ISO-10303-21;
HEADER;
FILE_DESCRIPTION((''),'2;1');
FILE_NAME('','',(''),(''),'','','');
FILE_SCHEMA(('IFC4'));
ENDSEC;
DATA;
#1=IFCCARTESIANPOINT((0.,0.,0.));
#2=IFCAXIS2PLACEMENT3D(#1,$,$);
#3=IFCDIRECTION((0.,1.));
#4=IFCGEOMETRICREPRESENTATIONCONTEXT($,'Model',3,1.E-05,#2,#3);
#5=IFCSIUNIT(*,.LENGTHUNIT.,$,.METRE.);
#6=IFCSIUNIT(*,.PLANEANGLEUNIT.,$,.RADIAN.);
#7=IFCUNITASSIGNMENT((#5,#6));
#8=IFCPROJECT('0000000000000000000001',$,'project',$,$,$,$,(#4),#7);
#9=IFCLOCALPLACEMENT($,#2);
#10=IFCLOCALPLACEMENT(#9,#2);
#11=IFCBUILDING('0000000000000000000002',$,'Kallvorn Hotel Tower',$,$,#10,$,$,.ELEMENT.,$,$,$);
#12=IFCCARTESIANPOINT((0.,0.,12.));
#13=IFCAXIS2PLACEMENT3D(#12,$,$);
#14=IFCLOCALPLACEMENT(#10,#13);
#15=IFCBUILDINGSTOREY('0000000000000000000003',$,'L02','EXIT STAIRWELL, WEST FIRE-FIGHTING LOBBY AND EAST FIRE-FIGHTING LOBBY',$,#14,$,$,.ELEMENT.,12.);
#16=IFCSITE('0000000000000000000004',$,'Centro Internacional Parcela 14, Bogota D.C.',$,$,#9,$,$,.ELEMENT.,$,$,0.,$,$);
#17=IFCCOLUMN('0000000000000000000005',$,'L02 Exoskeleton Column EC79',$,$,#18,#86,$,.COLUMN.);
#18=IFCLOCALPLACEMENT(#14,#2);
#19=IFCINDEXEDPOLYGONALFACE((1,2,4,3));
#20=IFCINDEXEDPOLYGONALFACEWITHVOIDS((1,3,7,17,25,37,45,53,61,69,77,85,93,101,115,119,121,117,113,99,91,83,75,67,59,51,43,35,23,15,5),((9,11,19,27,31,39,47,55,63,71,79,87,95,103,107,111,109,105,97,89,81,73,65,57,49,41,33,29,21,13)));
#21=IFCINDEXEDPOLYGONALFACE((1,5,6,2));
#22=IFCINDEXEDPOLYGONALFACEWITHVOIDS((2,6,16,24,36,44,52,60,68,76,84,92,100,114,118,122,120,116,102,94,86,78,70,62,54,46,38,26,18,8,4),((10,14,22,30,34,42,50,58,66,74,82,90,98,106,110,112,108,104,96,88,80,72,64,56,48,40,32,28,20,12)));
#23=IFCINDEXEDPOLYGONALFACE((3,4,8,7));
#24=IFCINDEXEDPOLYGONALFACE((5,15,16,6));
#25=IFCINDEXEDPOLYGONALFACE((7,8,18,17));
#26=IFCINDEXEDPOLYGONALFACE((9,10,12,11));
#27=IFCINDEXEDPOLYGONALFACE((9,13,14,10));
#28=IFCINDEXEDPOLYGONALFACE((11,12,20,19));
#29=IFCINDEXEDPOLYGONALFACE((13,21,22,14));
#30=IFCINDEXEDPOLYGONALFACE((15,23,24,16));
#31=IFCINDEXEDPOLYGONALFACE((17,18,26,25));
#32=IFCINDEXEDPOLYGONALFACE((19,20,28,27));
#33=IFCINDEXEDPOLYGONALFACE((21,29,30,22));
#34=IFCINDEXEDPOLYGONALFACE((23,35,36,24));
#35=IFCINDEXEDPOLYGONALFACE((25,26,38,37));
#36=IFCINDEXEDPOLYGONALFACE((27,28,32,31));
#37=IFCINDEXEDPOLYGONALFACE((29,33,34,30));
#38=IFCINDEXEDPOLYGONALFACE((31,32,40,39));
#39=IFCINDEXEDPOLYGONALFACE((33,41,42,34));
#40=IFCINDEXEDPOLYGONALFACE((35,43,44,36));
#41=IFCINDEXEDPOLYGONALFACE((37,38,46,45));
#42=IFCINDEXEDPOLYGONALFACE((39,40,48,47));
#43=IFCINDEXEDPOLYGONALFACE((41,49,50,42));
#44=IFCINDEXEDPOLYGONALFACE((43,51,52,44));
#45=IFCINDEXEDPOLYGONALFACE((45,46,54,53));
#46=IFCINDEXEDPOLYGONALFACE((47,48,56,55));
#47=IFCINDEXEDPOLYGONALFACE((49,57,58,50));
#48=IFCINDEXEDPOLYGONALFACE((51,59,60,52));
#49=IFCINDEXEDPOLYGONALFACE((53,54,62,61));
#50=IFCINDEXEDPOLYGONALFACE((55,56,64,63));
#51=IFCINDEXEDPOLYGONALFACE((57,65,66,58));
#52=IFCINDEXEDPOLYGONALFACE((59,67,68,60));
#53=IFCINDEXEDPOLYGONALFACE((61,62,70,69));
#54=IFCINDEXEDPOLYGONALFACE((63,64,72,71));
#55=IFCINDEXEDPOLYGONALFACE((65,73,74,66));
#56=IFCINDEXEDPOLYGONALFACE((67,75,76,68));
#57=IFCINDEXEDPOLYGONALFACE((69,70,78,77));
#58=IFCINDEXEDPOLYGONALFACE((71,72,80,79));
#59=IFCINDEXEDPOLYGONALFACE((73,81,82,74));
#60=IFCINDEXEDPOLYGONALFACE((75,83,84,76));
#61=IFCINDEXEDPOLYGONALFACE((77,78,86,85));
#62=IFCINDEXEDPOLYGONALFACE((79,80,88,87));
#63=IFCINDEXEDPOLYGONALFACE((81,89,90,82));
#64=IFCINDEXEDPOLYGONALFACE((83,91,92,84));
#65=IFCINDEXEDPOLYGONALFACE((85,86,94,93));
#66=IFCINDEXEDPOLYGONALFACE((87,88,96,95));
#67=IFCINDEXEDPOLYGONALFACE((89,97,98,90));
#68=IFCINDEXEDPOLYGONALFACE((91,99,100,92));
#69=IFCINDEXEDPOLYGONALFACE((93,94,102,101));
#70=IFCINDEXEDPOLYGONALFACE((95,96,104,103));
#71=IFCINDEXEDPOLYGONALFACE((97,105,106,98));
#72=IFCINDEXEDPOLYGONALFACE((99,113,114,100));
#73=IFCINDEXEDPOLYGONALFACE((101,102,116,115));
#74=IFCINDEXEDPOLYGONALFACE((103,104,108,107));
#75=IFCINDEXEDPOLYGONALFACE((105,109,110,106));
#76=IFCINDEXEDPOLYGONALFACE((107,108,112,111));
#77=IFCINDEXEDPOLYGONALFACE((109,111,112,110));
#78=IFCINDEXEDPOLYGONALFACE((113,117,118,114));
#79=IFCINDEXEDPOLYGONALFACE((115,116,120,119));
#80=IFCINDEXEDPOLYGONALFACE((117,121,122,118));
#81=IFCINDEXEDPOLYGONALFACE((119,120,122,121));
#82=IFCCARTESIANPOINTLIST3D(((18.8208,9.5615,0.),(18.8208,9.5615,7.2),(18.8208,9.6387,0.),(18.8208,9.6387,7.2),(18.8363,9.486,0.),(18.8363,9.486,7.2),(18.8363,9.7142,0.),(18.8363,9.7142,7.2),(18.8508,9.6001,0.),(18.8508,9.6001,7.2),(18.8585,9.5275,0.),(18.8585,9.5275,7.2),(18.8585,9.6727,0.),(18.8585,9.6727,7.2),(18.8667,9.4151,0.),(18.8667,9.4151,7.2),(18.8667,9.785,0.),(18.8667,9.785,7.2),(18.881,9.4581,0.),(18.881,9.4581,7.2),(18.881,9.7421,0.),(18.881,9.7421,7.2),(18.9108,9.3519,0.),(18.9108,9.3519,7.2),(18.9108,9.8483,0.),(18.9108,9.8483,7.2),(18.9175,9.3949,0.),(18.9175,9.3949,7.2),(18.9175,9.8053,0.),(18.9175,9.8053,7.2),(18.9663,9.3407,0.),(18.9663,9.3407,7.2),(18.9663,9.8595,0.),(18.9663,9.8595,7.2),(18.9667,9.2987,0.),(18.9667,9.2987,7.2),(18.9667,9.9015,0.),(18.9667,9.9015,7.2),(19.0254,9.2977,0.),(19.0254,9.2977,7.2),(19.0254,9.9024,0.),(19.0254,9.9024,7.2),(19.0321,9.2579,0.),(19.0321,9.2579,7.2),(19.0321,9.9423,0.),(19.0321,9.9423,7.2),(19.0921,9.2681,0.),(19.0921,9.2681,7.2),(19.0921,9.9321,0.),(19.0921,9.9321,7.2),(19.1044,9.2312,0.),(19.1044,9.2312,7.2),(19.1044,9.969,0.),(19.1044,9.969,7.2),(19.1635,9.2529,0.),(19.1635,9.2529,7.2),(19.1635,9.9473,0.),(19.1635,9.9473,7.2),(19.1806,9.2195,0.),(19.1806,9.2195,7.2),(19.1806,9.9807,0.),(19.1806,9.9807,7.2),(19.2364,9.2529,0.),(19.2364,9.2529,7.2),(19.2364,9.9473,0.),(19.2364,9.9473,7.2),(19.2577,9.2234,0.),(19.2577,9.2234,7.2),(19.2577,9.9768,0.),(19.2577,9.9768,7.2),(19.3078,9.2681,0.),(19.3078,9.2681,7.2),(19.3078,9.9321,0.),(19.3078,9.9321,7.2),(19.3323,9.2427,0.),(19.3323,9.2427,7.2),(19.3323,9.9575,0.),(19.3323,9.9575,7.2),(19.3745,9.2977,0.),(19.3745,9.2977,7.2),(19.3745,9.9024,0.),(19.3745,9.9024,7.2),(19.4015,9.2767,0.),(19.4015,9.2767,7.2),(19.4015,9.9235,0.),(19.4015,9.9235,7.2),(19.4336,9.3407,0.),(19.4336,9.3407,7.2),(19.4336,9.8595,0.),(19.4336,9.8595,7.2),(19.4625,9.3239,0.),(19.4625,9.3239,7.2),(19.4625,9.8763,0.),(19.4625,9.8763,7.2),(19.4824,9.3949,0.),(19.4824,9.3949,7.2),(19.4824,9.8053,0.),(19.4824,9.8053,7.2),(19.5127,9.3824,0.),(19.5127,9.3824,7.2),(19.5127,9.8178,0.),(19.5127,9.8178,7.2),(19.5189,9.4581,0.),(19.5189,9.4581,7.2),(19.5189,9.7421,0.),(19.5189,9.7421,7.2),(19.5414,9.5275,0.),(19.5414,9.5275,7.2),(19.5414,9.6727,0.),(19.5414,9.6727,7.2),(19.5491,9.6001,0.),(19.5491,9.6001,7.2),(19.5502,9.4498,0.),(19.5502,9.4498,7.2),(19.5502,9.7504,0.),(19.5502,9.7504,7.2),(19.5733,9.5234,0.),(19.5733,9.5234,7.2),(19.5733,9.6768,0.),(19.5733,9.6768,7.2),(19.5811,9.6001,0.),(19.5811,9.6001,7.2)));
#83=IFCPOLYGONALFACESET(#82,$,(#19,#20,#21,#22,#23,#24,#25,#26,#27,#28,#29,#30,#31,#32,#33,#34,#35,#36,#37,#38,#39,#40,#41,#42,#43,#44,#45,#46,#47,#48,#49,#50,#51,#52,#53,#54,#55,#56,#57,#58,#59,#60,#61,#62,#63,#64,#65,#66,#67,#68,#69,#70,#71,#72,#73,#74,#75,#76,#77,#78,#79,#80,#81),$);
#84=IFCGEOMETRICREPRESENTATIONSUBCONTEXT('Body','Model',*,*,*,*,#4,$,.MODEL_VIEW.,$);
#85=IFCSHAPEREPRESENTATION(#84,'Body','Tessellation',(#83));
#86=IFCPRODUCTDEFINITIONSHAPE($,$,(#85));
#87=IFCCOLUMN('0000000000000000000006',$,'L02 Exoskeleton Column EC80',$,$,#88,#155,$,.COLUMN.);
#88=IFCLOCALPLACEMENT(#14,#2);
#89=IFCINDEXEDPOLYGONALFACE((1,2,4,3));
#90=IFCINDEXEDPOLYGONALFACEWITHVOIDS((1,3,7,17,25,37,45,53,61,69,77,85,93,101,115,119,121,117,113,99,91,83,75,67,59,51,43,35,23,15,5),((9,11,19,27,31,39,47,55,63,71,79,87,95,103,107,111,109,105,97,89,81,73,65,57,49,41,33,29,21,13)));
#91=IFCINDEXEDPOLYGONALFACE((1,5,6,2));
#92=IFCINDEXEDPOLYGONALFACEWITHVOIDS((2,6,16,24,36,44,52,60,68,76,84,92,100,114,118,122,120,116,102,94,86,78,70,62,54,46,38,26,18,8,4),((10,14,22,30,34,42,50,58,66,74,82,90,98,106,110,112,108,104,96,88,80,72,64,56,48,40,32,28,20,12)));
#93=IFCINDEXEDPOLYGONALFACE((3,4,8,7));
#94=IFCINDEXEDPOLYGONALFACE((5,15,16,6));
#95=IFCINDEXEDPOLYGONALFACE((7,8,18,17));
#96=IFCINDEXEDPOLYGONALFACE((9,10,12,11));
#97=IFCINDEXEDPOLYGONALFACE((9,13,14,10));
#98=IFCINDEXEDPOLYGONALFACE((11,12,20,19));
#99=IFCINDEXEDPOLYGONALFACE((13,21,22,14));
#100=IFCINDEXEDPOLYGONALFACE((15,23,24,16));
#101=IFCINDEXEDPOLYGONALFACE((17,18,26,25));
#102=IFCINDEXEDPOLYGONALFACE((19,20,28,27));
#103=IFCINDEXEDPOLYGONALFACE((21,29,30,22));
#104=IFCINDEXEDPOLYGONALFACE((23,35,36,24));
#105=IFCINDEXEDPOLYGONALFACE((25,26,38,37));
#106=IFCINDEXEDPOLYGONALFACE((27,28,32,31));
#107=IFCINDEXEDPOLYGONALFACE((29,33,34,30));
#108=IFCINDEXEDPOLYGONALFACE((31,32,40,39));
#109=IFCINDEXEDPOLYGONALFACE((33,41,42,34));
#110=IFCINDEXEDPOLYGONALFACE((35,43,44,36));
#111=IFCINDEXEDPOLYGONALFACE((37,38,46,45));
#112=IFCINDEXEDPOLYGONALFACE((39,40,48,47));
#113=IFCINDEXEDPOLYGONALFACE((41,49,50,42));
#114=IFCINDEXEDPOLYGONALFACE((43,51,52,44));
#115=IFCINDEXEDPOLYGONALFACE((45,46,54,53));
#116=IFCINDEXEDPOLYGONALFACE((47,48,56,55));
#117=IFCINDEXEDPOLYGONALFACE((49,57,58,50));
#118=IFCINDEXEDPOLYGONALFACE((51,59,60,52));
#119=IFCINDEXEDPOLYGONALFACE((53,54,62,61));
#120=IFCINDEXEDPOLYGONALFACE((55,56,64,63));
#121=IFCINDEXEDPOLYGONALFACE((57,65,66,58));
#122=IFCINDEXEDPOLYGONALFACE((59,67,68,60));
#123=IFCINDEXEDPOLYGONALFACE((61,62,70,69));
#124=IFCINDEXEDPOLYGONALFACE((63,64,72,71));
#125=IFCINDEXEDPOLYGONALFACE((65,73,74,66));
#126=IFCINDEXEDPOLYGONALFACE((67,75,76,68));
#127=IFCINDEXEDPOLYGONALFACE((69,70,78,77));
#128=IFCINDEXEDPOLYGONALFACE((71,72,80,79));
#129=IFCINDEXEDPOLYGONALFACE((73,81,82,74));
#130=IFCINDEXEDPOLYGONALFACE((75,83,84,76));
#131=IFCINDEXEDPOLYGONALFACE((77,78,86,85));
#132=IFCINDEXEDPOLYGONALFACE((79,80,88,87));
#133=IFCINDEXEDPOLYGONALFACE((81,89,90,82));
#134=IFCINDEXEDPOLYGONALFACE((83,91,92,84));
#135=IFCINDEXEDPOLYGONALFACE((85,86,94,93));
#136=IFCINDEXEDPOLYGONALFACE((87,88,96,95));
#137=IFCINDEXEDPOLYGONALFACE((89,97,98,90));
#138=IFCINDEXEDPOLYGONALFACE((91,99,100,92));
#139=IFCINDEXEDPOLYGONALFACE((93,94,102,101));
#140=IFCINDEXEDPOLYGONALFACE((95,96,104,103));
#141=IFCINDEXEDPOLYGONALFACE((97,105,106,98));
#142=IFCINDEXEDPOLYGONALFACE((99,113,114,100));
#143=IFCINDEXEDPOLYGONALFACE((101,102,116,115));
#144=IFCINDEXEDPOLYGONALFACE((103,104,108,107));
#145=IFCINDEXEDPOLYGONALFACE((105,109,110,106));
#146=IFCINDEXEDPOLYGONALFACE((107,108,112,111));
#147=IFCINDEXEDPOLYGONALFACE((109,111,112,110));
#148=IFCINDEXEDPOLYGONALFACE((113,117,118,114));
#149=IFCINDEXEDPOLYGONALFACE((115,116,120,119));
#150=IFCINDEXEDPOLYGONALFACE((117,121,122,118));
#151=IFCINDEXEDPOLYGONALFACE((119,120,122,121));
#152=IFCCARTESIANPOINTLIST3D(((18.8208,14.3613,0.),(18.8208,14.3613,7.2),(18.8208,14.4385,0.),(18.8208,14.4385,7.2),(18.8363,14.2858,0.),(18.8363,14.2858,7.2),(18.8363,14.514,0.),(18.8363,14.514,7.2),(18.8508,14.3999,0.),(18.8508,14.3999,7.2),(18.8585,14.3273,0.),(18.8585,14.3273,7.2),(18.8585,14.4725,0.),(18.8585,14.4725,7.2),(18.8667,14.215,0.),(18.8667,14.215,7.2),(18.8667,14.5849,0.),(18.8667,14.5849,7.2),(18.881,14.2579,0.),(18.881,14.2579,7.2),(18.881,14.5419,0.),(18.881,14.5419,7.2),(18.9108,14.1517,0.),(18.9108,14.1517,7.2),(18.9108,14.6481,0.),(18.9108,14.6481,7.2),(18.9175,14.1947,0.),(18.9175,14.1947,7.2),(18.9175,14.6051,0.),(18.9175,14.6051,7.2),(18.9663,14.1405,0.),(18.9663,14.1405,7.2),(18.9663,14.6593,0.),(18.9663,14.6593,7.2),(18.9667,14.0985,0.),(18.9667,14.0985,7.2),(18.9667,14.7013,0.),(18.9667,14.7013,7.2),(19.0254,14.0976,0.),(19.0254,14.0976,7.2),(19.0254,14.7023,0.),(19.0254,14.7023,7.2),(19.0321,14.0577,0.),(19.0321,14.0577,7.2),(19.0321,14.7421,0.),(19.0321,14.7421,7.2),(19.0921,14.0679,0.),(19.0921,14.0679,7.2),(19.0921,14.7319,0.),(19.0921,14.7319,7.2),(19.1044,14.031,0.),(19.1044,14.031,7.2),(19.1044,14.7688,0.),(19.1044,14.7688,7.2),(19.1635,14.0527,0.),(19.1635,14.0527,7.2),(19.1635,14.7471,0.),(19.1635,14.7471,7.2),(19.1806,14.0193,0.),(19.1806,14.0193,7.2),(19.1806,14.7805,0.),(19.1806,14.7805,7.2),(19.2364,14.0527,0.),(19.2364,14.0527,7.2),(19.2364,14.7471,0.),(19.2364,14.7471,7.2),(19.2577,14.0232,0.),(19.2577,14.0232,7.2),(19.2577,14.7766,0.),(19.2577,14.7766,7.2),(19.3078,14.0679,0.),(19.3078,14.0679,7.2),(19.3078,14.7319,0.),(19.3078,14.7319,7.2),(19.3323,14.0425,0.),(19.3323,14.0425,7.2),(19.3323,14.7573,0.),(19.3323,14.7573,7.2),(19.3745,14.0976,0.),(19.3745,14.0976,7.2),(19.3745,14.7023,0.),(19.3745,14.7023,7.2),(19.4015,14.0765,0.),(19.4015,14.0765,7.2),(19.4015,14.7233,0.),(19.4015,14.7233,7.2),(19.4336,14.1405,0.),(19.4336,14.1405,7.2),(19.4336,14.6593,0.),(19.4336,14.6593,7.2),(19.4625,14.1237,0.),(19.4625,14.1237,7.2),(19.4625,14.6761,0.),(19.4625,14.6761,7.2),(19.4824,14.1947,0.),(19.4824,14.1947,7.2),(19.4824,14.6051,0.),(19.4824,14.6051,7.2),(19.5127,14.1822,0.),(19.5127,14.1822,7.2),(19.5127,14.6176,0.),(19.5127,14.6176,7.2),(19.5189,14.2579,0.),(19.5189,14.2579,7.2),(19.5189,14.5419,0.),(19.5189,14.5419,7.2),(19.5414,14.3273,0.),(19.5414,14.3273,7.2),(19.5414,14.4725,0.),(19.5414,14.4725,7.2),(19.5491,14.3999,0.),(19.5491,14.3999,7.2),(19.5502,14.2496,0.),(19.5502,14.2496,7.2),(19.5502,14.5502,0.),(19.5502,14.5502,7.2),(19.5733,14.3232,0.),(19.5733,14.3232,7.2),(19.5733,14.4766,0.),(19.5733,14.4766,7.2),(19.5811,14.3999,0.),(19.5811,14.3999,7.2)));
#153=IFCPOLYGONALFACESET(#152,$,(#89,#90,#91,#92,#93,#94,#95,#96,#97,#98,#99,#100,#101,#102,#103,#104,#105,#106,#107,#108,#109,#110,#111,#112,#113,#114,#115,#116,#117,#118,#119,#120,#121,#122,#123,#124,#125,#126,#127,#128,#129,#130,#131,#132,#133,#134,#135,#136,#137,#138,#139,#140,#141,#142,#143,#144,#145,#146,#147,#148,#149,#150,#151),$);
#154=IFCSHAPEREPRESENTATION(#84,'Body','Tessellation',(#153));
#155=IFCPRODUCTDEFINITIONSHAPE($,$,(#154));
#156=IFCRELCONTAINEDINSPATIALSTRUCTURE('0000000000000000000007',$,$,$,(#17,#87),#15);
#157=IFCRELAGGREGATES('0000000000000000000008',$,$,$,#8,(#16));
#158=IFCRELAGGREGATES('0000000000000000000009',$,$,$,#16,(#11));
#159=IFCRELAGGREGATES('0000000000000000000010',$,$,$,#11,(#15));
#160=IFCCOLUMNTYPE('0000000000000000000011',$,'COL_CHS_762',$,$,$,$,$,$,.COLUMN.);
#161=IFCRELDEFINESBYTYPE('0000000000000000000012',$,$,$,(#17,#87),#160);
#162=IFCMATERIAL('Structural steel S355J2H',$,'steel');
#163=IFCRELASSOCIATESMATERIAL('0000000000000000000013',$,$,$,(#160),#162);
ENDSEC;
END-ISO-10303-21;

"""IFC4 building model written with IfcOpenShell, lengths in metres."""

from ifc_helpers import new_model, si_unit, direction, frame, origin, origin_2d, place, context, subcontext, project, spatial, hollow_circle, extrude, material, material_profile, profile_set, type_object, element, save


model = new_model("IFC4")

# Units and contexts
model_context = context("Model", 3, precision=1e-05, world=origin(), true_north=direction((0.0, 1.0)))
body_context = subcontext(model_context, "Body", "Model", "MODEL_VIEW")
ifc_project = project(units=[si_unit("LENGTHUNIT", "METRE"), si_unit("PLANEANGLEUNIT", "RADIAN")], contexts=[model_context])

# Site, building, storey
site_placement = place(None, origin())
site = spatial("IfcSite", under=ifc_project, at=site_placement, Name="Centro Internacional Parcela 14, Bogota D.C.", CompositionType="ELEMENT", RefElevation=0.0)
building_placement = place(site_placement, origin())
building = spatial("IfcBuilding", under=site, at=building_placement, Name="Kallvorn Hotel Tower", CompositionType="ELEMENT")
storey_placement = place(building_placement, frame((0.0, 0.0, 12.0)))
storey = spatial("IfcBuildingStorey", under=building, at=storey_placement, Name="L02", Description="EXIT STAIRWELL, WEST FIRE-FIGHTING LOBBY AND EAST FIRE-FIGHTING LOBBY", CompositionType="ELEMENT", Elevation=12.0)

# Columns
ifc_material_1 = material(Name="Structural steel S355J2H", Category="steel")
ifc_material_profile_1 = material_profile(ifc_material_1, hollow_circle(Radius=0.3811, WallThickness=0.032, at=origin_2d()), Name="CHS 762x32")
ifc_profile_set_1 = profile_set([ifc_material_profile_1], Name="Structural steel S355J2H")
column_type_1 = type_object("IfcColumnType", Name="COL_CHS_762", PredefinedType="COLUMN", material=ifc_profile_set_1)
for number, where, z_axis, x_axis, name in (
    (1, (19.2, 9.6001, 0.0), (0.0, 0.0, 1.0), (1.0, 0.0, 0.0), "L02 Exoskeleton Column EC79"),
    (2, (19.2, 14.3999, 0.0), (0.0, 0.0, 1.0), (1.0, 0.0, 0.0), "L02 Exoskeleton Column EC80"),
):
    element("IfcColumn", number, at=place(storey_placement, frame(where, z_axis=z_axis, x_axis=x_axis)), inside=storey, type_object=column_type_1, Name=name, PredefinedType="COLUMN", context=body_context, shape_type="SweptSolid", body=[
        extrude(hollow_circle(Radius=0.3811, WallThickness=0.032, at=origin_2d()), origin(), (0.0, 0.0, 1.0), 7.2),
    ])

save(model, "model.ifc")
